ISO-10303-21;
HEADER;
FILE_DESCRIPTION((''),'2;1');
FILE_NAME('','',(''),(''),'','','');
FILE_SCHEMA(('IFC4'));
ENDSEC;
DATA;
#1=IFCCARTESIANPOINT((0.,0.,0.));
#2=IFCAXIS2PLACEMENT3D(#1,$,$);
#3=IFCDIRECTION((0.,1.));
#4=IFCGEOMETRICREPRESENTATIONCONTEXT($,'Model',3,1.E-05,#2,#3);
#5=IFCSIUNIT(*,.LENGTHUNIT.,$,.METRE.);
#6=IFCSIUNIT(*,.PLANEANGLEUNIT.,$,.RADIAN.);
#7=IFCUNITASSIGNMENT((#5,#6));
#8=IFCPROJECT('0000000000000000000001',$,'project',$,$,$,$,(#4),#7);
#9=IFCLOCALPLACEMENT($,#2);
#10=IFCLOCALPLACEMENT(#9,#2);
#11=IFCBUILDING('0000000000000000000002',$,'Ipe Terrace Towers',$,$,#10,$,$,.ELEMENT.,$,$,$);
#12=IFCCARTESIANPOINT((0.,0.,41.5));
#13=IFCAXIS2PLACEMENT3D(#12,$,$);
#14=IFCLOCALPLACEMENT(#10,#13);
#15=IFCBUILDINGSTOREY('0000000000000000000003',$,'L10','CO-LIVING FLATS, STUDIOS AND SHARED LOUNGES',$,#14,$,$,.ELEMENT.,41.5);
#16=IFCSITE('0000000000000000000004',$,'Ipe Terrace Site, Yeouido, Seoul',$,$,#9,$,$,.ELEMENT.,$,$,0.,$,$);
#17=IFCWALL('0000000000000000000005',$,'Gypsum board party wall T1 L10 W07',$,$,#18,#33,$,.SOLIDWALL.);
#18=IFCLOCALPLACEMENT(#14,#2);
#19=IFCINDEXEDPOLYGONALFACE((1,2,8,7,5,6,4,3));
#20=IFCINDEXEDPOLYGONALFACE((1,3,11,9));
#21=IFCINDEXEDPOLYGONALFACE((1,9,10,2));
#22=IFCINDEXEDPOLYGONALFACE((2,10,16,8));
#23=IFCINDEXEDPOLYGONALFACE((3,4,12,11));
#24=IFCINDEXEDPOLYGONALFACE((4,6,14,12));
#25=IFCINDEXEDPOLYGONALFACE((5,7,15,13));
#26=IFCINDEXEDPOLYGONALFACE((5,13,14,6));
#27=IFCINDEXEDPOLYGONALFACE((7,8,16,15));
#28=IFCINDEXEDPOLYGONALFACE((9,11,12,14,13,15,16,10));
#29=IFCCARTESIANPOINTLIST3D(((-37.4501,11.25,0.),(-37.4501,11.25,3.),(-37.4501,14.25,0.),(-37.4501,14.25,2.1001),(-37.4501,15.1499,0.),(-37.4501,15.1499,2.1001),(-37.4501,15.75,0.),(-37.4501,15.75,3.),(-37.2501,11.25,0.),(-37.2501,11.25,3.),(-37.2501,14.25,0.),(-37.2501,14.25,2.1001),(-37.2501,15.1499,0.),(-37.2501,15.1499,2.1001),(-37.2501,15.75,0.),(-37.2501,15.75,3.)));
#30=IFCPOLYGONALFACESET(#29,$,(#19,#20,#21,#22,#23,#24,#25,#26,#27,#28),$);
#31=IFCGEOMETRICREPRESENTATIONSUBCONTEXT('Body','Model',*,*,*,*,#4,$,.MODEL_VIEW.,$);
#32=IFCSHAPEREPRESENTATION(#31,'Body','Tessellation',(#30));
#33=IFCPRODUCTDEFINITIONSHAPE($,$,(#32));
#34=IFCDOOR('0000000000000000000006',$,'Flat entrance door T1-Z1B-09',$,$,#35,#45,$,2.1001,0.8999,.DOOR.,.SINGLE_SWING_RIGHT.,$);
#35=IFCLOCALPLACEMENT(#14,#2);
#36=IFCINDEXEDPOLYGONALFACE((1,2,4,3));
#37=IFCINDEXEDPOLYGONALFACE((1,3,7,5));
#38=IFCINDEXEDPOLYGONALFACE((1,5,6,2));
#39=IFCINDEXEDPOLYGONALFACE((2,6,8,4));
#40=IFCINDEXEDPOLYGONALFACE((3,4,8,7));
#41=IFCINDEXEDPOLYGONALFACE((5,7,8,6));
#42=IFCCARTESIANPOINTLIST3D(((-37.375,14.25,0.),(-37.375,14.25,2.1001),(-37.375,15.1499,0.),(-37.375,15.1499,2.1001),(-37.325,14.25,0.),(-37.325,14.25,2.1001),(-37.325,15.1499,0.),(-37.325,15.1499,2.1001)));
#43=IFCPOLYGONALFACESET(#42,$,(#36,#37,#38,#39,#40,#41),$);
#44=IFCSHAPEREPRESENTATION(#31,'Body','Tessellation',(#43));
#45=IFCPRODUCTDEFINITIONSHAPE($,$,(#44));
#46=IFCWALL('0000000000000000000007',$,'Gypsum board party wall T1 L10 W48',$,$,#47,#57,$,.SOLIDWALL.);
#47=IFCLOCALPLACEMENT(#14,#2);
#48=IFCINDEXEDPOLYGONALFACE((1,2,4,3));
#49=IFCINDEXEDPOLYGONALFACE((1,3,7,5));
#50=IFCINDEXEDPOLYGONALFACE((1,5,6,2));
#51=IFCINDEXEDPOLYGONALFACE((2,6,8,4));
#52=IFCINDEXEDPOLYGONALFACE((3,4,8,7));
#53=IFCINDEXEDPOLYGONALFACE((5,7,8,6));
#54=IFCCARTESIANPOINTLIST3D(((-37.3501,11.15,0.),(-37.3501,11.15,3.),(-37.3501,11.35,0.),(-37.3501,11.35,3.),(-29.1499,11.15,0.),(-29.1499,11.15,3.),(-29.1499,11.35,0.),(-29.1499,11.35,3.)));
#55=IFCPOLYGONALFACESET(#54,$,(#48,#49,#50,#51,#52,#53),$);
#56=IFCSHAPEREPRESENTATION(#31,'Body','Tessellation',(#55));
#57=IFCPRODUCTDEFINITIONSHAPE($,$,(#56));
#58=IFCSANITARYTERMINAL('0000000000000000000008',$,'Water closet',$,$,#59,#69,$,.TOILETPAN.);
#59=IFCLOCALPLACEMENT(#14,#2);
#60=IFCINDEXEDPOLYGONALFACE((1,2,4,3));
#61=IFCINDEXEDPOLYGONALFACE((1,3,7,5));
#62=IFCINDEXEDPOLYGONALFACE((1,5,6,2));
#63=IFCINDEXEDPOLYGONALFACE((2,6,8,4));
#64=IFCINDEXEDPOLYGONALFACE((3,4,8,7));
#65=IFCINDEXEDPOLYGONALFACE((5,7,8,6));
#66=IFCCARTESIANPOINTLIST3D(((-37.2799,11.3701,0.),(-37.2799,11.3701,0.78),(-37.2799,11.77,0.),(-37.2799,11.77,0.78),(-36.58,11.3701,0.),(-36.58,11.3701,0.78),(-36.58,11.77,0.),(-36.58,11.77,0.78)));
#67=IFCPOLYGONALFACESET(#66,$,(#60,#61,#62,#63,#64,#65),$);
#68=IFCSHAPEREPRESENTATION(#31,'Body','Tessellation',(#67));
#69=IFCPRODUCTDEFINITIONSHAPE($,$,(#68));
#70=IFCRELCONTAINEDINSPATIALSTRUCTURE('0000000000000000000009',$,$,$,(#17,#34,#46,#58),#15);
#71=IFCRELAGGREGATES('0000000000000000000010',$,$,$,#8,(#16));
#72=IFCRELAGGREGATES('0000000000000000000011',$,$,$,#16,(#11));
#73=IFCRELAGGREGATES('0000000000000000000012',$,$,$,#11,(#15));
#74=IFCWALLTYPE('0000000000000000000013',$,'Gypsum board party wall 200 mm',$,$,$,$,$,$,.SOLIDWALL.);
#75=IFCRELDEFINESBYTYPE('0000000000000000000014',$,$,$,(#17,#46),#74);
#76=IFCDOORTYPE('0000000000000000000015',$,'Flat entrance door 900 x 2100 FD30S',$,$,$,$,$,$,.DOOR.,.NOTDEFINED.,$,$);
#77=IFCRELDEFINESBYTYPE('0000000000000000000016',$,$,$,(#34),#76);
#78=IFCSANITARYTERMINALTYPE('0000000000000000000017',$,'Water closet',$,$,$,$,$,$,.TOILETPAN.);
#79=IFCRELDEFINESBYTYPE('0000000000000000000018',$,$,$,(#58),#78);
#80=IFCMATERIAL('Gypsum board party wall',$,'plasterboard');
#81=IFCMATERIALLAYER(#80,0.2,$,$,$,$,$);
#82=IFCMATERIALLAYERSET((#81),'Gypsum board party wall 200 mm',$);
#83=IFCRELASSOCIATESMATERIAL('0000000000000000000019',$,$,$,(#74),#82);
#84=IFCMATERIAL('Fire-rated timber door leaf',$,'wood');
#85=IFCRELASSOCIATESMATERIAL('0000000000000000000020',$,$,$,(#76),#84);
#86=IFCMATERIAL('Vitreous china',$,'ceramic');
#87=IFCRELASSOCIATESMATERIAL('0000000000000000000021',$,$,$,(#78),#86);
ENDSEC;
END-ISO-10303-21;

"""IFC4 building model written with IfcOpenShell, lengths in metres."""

from ifc_helpers import new_model, si_unit, direction, frame, frame_2d, origin, origin_2d, place, context, subcontext, project, spatial, rectangle, extrude, material, layer, layer_set, type_object, element, fill, save


model = new_model("IFC4")

# Units and contexts
model_context = context("Model", 3, precision=1e-05, world=origin(), true_north=direction((0.0, 1.0)))
body_context = subcontext(model_context, "Body", "Model", "MODEL_VIEW")
ifc_project = project(units=[si_unit("LENGTHUNIT", "METRE"), si_unit("PLANEANGLEUNIT", "RADIAN")], contexts=[model_context])

# Site, building, storey
site_placement = place(None, origin())
site = spatial("IfcSite", under=ifc_project, at=site_placement, Name="Ipe Terrace Site, Yeouido, Seoul", CompositionType="ELEMENT", RefElevation=0.0)
building_placement = place(site_placement, origin())
building = spatial("IfcBuilding", under=site, at=building_placement, Name="Ipe Terrace Towers", CompositionType="ELEMENT")
storey_placement = place(building_placement, frame((0.0, 0.0, 41.5)))
storey = spatial("IfcBuildingStorey", under=building, at=storey_placement, Name="L10", Description="CO-LIVING FLATS, STUDIOS AND SHARED LOUNGES", CompositionType="ELEMENT", Elevation=41.5)

# Wall, opening, door
ifc_material_1 = material(Name="Gypsum board party wall", Category="plasterboard")
ifc_layer_1 = layer(ifc_material_1, 0.2)
ifc_layer_set_1 = layer_set([ifc_layer_1], Name="Gypsum board party wall 200 mm")
wall_type_1 = type_object("IfcWallType", Name="Gypsum board party wall 200 mm", PredefinedType="SOLIDWALL", material=ifc_layer_set_1)
wall_1_placement = place(storey_placement, frame((-37.3501, 11.25, 0.0), z_axis=(0.0, 0.0, 1.0), x_axis=(0.0, 1.0, 0.0)))
wall_1 = element("IfcWall", 1, at=wall_1_placement, inside=storey, type_object=wall_type_1, Name="Gypsum board party wall T1 L10 W07", PredefinedType="SOLIDWALL", context=body_context, shape_type="SweptSolid", body=[
    extrude(rectangle(XDim=4.5, YDim=0.2, at=frame_2d((2.25, 0.0))), origin(), (0.0, 0.0, 1.0), 3.0),
])
opening_1_placement = place(wall_1_placement, frame((3.0, 0.0, 0.0)))
opening_1 = element("IfcOpeningElement", 2, at=opening_1_placement, cuts=wall_1, PredefinedType="OPENING", context=body_context, shape_type="SweptSolid", body=[
    extrude(rectangle(XDim=0.8999, YDim=2.1001, at=frame_2d((0.45, 1.05))), frame((0.0, 0.1099, 0.0), z_axis=(0.0, -1.0, 0.0), x_axis=(1.0, 0.0, 0.0)), (0.0, 0.0, 1.0), 0.22),
])
ifc_material_2 = material(Name="Fire-rated timber door leaf", Category="wood")
door_type_1 = type_object("IfcDoorType", Name="Flat entrance door 900 x 2100 FD30S", OperationType="NOTDEFINED", PredefinedType="DOOR", material=ifc_material_2)
door_1_placement = place(opening_1_placement, origin())
door_1 = element("IfcDoor", 3, at=door_1_placement, inside=storey, type_object=door_type_1, Name="Flat entrance door T1-Z1B-09", OperationType="SINGLE_SWING_RIGHT", OverallHeight=2.1001, OverallWidth=0.8999, PredefinedType="DOOR", context=body_context, shape_type="SweptSolid", body=[
    extrude(rectangle(XDim=0.8999, YDim=2.1001, at=frame_2d((0.45, 1.05))), frame((0.0, 0.0249, 0.0), z_axis=(0.0, -1.0, 0.0), x_axis=(1.0, 0.0, 0.0)), (0.0, 0.0, 1.0), 0.05),
])
fill(opening_1, door_1)

# Wall
wall_2_placement = place(storey_placement, frame((-37.3501, 11.25, 0.0), z_axis=(0.0, 0.0, 1.0), x_axis=(1.0, 0.0, 0.0)))
element("IfcWall", 4, at=wall_2_placement, inside=storey, type_object=wall_type_1, Name="Gypsum board party wall T1 L10 W48", PredefinedType="SOLIDWALL", context=body_context, shape_type="SweptSolid", body=[
    extrude(rectangle(XDim=8.2002, YDim=0.2, at=frame_2d((4.1001, 0.0))), origin(), (0.0, 0.0, 1.0), 3.0),
])

# Sanitary terminal
ifc_material_3 = material(Name="Vitreous china", Category="ceramic")
sanitary_terminal_type = type_object("IfcSanitaryTerminalType", Name="Water closet", PredefinedType="TOILETPAN", material=ifc_material_3)
sanitary_terminal_placement = place(storey_placement, frame((-36.9299, 11.5701, 0.0), z_axis=(0.0, 0.0, 1.0), x_axis=(1.0, 0.0, 0.0)))
element("IfcSanitaryTerminal", 5, at=sanitary_terminal_placement, inside=storey, type_object=sanitary_terminal_type, Name="Water closet", PredefinedType="TOILETPAN", context=body_context, shape_type="SweptSolid", body=[
    extrude(rectangle(XDim=0.7, YDim=0.3999, at=origin_2d()), origin(), (0.0, 0.0, 1.0), 0.78),
])

save(model, "model.ifc")
